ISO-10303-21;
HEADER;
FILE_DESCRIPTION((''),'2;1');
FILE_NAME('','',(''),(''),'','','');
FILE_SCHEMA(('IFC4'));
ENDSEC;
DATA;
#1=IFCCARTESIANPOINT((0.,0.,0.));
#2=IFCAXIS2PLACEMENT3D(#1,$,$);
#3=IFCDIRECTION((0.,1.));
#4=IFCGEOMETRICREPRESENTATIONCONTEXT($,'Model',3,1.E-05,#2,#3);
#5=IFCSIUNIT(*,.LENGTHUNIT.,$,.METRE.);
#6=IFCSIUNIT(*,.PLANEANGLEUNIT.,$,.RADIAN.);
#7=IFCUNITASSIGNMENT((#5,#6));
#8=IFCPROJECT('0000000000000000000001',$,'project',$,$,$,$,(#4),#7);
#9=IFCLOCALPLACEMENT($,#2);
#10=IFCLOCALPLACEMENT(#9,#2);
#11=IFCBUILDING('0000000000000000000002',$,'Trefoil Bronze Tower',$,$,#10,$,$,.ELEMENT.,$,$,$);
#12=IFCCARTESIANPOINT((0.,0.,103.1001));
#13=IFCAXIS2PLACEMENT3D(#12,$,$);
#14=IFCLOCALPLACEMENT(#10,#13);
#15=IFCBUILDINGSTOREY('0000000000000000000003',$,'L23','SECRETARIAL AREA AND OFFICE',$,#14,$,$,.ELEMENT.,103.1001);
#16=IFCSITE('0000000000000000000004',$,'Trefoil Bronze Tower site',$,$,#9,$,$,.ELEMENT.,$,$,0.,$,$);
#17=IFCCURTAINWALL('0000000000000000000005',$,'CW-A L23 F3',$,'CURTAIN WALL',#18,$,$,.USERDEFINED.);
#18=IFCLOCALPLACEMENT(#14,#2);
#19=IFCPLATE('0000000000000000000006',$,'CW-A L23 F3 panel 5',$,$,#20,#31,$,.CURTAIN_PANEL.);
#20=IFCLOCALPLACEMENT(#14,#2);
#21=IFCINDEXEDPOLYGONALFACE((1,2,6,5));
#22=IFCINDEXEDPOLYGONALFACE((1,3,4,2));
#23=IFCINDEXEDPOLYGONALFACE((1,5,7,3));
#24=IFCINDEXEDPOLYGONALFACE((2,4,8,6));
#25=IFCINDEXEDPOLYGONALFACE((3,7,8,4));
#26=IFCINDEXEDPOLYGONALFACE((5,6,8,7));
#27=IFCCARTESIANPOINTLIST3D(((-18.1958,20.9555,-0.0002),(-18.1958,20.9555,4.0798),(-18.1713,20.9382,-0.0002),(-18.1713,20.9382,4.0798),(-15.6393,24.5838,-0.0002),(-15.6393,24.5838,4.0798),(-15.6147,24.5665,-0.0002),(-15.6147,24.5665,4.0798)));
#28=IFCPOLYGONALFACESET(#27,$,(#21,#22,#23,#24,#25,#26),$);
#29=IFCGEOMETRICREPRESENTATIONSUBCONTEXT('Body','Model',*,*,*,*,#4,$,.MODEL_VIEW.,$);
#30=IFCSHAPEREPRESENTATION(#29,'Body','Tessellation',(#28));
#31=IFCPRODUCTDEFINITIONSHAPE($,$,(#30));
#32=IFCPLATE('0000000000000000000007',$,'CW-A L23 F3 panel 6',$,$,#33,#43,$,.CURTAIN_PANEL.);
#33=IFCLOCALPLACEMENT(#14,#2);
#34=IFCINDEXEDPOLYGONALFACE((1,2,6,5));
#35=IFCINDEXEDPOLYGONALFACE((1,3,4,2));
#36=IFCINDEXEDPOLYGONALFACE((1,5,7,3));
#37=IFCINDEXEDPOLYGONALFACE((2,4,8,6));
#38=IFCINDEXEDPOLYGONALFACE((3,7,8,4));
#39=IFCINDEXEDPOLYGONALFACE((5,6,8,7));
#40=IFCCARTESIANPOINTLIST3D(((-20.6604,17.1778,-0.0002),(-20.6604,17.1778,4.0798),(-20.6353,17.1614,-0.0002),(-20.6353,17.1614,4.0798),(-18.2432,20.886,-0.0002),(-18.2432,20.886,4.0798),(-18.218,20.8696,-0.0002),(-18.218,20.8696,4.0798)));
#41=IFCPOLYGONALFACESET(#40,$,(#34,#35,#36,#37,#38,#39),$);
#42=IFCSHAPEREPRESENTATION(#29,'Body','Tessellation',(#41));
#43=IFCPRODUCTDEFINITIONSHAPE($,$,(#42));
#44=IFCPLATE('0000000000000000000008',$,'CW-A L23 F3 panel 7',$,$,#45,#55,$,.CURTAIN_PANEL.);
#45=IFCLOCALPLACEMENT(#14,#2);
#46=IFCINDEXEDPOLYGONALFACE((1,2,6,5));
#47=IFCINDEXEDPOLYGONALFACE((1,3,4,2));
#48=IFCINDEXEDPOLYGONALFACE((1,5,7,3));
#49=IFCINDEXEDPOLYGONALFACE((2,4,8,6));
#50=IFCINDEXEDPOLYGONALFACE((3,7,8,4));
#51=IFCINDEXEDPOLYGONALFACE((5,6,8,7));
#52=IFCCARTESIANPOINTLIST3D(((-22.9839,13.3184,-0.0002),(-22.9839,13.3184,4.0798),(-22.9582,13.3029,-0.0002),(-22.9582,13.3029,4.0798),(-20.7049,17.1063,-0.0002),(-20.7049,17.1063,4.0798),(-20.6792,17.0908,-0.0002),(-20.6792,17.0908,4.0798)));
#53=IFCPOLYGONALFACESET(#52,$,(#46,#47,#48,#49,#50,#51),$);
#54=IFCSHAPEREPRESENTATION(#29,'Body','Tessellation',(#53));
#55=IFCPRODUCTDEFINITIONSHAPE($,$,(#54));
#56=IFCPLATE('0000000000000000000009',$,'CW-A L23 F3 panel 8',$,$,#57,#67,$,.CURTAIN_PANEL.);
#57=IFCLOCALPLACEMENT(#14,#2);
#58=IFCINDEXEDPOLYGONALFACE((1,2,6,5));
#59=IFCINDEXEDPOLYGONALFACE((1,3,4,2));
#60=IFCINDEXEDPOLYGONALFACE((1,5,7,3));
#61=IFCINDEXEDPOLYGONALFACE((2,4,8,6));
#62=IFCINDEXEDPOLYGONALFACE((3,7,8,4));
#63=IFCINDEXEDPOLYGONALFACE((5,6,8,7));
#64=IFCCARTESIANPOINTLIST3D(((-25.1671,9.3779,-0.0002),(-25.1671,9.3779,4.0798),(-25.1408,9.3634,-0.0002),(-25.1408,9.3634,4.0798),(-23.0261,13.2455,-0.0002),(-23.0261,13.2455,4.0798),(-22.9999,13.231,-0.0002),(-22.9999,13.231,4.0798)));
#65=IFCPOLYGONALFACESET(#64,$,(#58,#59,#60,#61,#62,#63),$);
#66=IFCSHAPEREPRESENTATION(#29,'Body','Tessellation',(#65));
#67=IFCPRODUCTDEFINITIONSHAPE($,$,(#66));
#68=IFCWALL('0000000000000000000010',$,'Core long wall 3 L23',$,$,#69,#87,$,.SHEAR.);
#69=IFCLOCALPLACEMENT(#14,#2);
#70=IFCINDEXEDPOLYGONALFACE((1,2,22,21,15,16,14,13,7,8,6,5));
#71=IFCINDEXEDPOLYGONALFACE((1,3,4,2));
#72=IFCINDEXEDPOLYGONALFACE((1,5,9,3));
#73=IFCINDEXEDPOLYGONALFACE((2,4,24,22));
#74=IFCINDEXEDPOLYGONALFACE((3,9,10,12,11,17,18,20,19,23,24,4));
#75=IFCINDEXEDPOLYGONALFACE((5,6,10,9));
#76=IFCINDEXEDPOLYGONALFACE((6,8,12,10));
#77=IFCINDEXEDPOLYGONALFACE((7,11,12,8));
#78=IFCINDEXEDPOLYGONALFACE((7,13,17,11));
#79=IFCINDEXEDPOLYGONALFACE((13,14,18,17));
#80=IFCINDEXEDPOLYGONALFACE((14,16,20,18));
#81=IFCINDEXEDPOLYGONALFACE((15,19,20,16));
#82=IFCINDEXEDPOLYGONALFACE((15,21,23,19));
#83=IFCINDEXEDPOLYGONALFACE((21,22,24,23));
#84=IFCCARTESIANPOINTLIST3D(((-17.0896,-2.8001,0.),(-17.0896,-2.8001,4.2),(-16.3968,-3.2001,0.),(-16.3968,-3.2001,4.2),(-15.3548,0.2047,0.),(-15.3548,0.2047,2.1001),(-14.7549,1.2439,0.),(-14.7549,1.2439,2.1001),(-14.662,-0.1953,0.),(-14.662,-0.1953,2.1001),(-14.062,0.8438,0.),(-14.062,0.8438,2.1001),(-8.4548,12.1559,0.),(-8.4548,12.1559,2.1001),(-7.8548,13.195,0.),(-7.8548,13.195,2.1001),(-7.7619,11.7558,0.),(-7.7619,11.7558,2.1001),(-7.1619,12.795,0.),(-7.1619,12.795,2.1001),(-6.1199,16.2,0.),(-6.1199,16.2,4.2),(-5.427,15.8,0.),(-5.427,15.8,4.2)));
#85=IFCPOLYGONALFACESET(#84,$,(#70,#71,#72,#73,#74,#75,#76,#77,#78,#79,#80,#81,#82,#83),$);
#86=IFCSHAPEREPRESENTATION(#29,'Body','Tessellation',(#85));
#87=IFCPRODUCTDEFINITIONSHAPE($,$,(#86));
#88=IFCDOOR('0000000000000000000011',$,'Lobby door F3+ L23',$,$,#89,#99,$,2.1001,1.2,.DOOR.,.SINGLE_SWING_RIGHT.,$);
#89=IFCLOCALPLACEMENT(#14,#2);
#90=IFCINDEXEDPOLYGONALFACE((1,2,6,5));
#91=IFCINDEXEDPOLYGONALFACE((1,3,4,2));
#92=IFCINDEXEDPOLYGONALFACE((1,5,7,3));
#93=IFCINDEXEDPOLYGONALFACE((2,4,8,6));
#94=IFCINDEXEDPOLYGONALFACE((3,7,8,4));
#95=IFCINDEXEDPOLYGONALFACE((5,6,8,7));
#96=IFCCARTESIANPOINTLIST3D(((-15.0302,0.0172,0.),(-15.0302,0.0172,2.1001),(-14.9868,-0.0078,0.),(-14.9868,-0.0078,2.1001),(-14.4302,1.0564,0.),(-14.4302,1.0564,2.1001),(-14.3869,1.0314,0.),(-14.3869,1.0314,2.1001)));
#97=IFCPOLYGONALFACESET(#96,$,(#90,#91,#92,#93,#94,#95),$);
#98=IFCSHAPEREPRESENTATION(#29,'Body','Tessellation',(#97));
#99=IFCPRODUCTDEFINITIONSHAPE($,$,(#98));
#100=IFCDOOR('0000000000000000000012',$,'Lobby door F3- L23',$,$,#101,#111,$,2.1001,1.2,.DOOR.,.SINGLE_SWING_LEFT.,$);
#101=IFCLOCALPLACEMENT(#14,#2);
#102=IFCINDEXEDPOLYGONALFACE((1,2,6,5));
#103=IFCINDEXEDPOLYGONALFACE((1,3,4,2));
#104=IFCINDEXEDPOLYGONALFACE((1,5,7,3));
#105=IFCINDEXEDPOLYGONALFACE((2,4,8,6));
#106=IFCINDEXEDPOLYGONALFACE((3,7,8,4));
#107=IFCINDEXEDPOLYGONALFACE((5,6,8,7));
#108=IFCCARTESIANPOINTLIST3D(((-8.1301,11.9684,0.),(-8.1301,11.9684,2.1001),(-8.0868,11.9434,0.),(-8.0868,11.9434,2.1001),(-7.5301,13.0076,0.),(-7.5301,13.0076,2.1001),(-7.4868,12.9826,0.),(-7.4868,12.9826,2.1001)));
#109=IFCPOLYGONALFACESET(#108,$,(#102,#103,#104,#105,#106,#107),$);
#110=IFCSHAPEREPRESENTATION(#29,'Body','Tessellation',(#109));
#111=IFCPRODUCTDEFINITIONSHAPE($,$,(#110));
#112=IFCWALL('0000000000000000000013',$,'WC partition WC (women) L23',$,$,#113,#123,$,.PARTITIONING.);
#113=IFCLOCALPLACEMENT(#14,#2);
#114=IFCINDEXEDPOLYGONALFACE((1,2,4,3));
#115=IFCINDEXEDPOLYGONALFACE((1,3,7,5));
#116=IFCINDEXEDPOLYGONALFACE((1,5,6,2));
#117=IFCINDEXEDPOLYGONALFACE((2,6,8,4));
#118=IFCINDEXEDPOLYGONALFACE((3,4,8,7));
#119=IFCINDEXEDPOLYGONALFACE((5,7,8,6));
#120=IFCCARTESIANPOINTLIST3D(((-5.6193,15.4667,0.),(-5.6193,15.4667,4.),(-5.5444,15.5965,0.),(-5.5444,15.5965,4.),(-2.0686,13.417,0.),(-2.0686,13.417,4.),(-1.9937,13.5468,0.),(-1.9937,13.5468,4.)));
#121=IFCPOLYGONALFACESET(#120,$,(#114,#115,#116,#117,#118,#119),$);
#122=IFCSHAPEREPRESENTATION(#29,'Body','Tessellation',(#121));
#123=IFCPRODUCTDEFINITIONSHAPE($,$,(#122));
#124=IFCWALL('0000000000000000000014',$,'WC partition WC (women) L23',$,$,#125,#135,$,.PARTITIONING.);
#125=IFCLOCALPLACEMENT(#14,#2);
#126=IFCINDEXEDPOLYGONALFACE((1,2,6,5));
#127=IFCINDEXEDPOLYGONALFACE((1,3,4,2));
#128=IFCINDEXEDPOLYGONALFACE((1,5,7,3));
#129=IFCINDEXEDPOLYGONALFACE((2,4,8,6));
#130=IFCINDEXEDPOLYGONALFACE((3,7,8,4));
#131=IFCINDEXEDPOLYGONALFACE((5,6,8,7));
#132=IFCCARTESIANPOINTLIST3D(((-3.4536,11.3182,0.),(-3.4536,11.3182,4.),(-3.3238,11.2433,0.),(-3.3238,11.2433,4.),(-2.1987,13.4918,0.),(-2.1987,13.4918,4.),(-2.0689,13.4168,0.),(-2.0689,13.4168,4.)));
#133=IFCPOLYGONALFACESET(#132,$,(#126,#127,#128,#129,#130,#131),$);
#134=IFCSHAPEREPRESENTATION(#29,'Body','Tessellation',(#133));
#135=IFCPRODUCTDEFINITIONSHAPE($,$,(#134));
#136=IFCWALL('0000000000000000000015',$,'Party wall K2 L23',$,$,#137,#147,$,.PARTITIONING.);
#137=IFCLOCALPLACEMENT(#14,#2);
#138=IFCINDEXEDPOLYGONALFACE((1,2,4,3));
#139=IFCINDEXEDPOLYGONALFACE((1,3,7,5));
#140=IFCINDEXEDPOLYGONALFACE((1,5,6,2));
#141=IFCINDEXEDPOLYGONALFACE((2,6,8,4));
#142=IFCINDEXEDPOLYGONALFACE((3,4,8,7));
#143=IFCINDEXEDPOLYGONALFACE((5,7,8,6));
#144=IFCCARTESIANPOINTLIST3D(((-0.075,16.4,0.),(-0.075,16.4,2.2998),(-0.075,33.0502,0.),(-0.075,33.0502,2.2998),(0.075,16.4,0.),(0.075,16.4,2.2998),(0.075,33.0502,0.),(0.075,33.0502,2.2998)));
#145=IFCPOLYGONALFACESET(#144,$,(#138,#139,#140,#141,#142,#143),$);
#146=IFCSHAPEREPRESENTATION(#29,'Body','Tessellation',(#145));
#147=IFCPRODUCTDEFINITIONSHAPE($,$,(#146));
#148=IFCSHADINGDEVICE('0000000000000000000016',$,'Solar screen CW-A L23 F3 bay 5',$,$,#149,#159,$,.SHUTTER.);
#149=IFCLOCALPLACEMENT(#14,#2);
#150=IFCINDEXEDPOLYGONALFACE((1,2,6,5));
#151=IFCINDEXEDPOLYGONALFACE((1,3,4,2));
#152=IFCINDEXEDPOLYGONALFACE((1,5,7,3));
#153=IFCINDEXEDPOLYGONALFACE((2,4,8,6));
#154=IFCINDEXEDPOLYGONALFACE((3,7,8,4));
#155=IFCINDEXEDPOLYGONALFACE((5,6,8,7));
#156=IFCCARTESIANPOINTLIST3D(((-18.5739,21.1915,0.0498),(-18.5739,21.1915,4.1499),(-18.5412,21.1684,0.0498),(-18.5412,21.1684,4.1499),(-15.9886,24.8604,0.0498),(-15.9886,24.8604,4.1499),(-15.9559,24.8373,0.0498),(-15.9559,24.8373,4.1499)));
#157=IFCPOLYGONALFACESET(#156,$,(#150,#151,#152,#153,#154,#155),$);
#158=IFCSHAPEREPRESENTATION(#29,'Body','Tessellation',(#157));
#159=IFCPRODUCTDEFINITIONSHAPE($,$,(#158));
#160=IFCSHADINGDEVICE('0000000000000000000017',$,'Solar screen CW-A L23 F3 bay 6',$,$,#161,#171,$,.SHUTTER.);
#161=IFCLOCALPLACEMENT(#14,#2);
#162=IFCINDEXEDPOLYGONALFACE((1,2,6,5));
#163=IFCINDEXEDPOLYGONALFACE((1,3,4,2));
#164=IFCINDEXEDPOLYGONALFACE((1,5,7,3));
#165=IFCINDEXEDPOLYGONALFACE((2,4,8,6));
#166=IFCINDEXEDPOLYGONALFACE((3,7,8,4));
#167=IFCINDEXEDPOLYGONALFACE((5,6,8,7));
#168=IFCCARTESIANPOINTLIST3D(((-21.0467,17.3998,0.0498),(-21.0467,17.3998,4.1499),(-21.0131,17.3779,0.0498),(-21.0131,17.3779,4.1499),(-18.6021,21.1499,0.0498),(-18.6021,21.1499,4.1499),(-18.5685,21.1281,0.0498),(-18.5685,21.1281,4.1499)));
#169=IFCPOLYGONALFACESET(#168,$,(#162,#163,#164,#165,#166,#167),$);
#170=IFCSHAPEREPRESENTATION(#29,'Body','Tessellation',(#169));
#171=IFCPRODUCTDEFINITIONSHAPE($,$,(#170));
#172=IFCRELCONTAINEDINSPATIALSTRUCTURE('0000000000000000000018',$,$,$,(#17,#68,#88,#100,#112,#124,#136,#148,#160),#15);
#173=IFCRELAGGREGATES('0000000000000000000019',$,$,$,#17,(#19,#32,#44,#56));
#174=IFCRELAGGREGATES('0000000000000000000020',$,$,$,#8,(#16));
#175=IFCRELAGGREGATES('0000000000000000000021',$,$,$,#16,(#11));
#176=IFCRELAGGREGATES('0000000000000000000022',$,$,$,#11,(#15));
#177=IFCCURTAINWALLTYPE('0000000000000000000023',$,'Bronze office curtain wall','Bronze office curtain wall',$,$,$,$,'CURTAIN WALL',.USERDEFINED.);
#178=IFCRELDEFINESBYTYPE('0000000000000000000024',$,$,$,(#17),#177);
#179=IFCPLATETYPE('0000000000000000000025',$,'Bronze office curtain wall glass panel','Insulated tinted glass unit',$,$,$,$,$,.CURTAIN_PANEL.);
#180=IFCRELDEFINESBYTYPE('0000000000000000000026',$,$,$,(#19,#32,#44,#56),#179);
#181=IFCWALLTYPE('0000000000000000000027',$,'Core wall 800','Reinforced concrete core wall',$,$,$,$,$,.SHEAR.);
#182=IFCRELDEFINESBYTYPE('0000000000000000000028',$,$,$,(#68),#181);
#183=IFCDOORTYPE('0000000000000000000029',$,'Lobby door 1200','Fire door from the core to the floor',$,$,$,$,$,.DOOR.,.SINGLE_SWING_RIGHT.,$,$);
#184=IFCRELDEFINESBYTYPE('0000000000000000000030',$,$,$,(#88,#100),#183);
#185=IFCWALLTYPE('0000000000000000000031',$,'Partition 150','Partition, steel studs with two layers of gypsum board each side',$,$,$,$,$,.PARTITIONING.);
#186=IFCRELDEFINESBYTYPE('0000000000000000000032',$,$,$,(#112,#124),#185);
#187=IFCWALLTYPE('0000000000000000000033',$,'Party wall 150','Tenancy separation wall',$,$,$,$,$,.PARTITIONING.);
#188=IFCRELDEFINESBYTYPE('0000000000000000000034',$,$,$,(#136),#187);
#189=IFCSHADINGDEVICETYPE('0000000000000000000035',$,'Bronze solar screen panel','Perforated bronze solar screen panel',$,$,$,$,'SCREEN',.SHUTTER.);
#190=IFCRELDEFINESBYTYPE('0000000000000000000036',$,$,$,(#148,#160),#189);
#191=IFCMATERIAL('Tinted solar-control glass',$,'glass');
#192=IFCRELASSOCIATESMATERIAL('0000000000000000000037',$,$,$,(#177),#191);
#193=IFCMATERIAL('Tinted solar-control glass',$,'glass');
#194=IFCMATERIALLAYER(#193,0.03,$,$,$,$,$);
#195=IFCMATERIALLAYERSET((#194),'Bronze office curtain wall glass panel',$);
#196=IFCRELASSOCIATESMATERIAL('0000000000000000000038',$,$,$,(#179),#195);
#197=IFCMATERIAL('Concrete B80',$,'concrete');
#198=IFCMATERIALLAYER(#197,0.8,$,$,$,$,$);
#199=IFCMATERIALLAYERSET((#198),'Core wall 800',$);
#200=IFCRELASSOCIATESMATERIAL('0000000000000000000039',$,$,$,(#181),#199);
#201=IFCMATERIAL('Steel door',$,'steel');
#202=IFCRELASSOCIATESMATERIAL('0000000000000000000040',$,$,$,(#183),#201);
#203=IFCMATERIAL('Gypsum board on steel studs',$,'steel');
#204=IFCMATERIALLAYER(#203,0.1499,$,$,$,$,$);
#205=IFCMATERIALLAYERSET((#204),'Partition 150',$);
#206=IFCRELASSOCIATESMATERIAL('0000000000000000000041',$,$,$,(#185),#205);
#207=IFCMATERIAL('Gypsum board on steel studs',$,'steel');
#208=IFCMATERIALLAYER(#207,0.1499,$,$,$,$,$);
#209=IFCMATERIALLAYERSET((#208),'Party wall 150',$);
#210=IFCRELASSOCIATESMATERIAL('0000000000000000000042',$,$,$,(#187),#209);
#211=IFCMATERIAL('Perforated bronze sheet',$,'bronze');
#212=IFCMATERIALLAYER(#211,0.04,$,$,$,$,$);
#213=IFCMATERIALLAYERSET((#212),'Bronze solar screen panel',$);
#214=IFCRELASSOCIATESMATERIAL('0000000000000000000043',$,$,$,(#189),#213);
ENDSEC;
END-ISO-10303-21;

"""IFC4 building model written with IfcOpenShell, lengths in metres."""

from ifc_helpers import new_model, si_unit, direction, frame, frame_2d, origin, origin_2d, place, context, subcontext, project, spatial, rectangle, extrude, material, layer, layer_set, type_object, element, fill, aggregate, save


model = new_model("IFC4")

# Units and contexts
model_context = context("Model", 3, precision=1e-05, world=origin(), true_north=direction((0.0, 1.0)))
body_context = subcontext(model_context, "Body", "Model", "MODEL_VIEW")
ifc_project = project(units=[si_unit("LENGTHUNIT", "METRE"), si_unit("PLANEANGLEUNIT", "RADIAN")], contexts=[model_context])

# Site, building, storey
site_placement = place(None, origin())
site = spatial("IfcSite", under=ifc_project, at=site_placement, Name="Trefoil Bronze Tower site", CompositionType="ELEMENT", RefElevation=0.0)
building_placement = place(site_placement, origin())
building = spatial("IfcBuilding", under=site, at=building_placement, Name="Trefoil Bronze Tower", CompositionType="ELEMENT")
storey_placement = place(building_placement, frame((0.0, 0.0, 103.1001)))
storey = spatial("IfcBuildingStorey", under=building, at=storey_placement, Name="L23", Description="SECRETARIAL AREA AND OFFICE", CompositionType="ELEMENT", Elevation=103.1001)

# Curtain wall
ifc_material_1 = material(Name="Tinted solar-control glass", Category="glass")
curtain_wall_type = type_object("IfcCurtainWallType", Name="Bronze office curtain wall", Description="Bronze office curtain wall", ElementType="CURTAIN WALL", PredefinedType="USERDEFINED", material=ifc_material_1)
curtain_wall_placement = place(storey_placement, origin())
curtain_wall = element("IfcCurtainWall", 1, at=curtain_wall_placement, inside=storey, type_object=curtain_wall_type, Name="CW-A L23 F3", ObjectType="CURTAIN WALL", PredefinedType="USERDEFINED")

# Plates
ifc_material_2 = material(Name="Tinted solar-control glass", Category="glass")
ifc_layer_1 = layer(ifc_material_2, 0.03)
ifc_layer_set_1 = layer_set([ifc_layer_1], Name="Bronze office curtain wall glass panel")
plate_type = type_object("IfcPlateType", Name="Bronze office curtain wall glass panel", Description="Insulated tinted glass unit", PredefinedType="CURTAIN_PANEL", material=ifc_layer_set_1)
plate_1_placement = place(storey_placement, frame((-16.9053, 22.761, -0.0002), z_axis=(0.0, 0.0, 1.0), x_axis=(-0.575999, -0.81745, 0.0)))
plate_1 = element("IfcPlate", 2, at=plate_1_placement, type_object=plate_type, Name="CW-A L23 F3 panel 5", PredefinedType="CURTAIN_PANEL", context=body_context, shape_type="SweptSolid", body=[
    extrude(rectangle(XDim=4.4385, YDim=0.03, at=origin_2d()), origin(), (0.0, 0.0, 1.0), 4.0801),
])
plate_2_placement = place(storey_placement, frame((-19.4392, 19.0237, -0.0002), z_axis=(0.0, 0.0, 1.0), x_axis=(-0.546089, -0.837727, 0.0)))
plate_2 = element("IfcPlate", 3, at=plate_2_placement, type_object=plate_type, Name="CW-A L23 F3 panel 6", PredefinedType="CURTAIN_PANEL", context=body_context, shape_type="SweptSolid", body=[
    extrude(rectangle(XDim=4.4265, YDim=0.03, at=origin_2d()), origin(), (0.0, 0.0, 1.0), 4.0801),
])
plate_3_placement = place(storey_placement, frame((-21.8315, 15.2046, -0.0002), z_axis=(0.0, 0.0, 1.0), x_axis=(-0.515525, -0.856874, 0.0)))
plate_3 = element("IfcPlate", 4, at=plate_3_placement, type_object=plate_type, Name="CW-A L23 F3 panel 7", PredefinedType="CURTAIN_PANEL", context=body_context, shape_type="SweptSolid", body=[
    extrude(rectangle(XDim=4.4207, YDim=0.03, at=origin_2d()), origin(), (0.0, 0.0, 1.0), 4.0801),
])
plate_4_placement = place(storey_placement, frame((-24.0835, 11.3044, -0.0002), z_axis=(0.0, 0.0, 1.0), x_axis=(-0.484312, -0.874895, 0.0)))
plate_4 = element("IfcPlate", 5, at=plate_4_placement, type_object=plate_type, Name="CW-A L23 F3 panel 8", PredefinedType="CURTAIN_PANEL", context=body_context, shape_type="SweptSolid", body=[
    extrude(rectangle(XDim=4.4207, YDim=0.03, at=origin_2d()), origin(), (0.0, 0.0, 1.0), 4.0801),
])
aggregate(curtain_wall, [plate_1, plate_2, plate_3, plate_4])

# Wall, openings, doors
ifc_material_3 = material(Name="Concrete B80", Category="concrete")
ifc_layer_2 = layer(ifc_material_3, 0.8)
ifc_layer_set_2 = layer_set([ifc_layer_2], Name="Core wall 800")
wall_type_1 = type_object("IfcWallType", Name="Core wall 800", Description="Reinforced concrete core wall", PredefinedType="SHEAR", material=ifc_layer_set_2)
wall_1_placement = place(storey_placement, frame((-5.7734, 16.0, 0.0), z_axis=(0.0, 0.0, 1.0), x_axis=(-0.500002, -0.866024, 0.0)))
wall_1 = element("IfcWall", 6, at=wall_1_placement, inside=storey, type_object=wall_type_1, Name="Core long wall 3 L23", PredefinedType="SHEAR", context=body_context, shape_type="SweptSolid", body=[
    extrude(rectangle(XDim=21.9395, YDim=0.8, at=frame_2d((10.9697, 0.0))), origin(), (0.0, 0.0, 1.0), 4.2),
])
opening_1_placement = place(wall_1_placement, frame((17.2698, 0.0, 0.0)))
opening_1 = element("IfcOpeningElement", 7, at=opening_1_placement, cuts=wall_1, PredefinedType="OPENING", context=body_context, shape_type="SweptSolid", body=[
    extrude(rectangle(XDim=1.2, YDim=2.1001, at=frame_2d((0.6001, 1.05))), frame((0.0, 0.4099, 0.0), z_axis=(0.0, -1.0, 0.0), x_axis=(1.0, 0.0, 0.0)), (0.0, 0.0, 1.0), 0.8201),
])
opening_2_placement = place(wall_1_placement, frame((3.4697, 0.0, 0.0)))
opening_2 = element("IfcOpeningElement", 8, at=opening_2_placement, cuts=wall_1, PredefinedType="OPENING", context=body_context, shape_type="SweptSolid", body=[
    extrude(rectangle(XDim=1.2, YDim=2.1001, at=frame_2d((0.6001, 1.05))), frame((0.0, 0.4099, 0.0), z_axis=(0.0, -1.0, 0.0), x_axis=(1.0, 0.0, 0.0)), (0.0, 0.0, 1.0), 0.8201),
])
ifc_material_4 = material(Name="Steel door", Category="steel")
door_type = type_object("IfcDoorType", Name="Lobby door 1200", Description="Fire door from the core to the floor", OperationType="SINGLE_SWING_RIGHT", PredefinedType="DOOR", material=ifc_material_4)
door_1_placement = place(opening_1_placement, origin())
door_1 = element("IfcDoor", 9, at=door_1_placement, inside=storey, type_object=door_type, Name="Lobby door F3+ L23", OperationType="SINGLE_SWING_RIGHT", OverallHeight=2.1001, OverallWidth=1.2, PredefinedType="DOOR", context=body_context, shape_type="SweptSolid", body=[
    extrude(rectangle(XDim=1.2, YDim=2.1001, at=frame_2d((0.6001, 1.05))), frame((0.0, 0.0249, 0.0), z_axis=(0.0, -1.0, 0.0), x_axis=(1.0, 0.0, 0.0)), (0.0, 0.0, 1.0), 0.05),
])
fill(opening_1, door_1)
door_2_placement = place(opening_2_placement, origin())
door_2 = element("IfcDoor", 10, at=door_2_placement, inside=storey, type_object=door_type, Name="Lobby door F3- L23", OperationType="SINGLE_SWING_LEFT", OverallHeight=2.1001, OverallWidth=1.2, PredefinedType="DOOR", context=body_context, shape_type="SweptSolid", body=[
    extrude(rectangle(XDim=1.2, YDim=2.1001, at=frame_2d((0.6001, 1.05))), frame((0.0, 0.0249, 0.0), z_axis=(0.0, -1.0, 0.0), x_axis=(1.0, 0.0, 0.0)), (0.0, 0.0, 1.0), 0.05),
])
fill(opening_2, door_2)

# Walls
ifc_material_5 = material(Name="Gypsum board on steel studs", Category="steel")
ifc_layer_3 = layer(ifc_material_5, 0.1499)
ifc_layer_set_3 = layer_set([ifc_layer_3], Name="Partition 150")
wall_type_2 = type_object("IfcWallType", Name="Partition 150", Description="Partition, steel studs with two layers of gypsum board each side", PredefinedType="PARTITIONING", material=ifc_layer_set_3)
wall_2_placement = place(storey_placement, frame((-2.0312, 13.4819, 0.0), z_axis=(0.0, 0.0, 1.0), x_axis=(-0.866051, 0.499956, 0.0)))
element("IfcWall", 11, at=wall_2_placement, inside=storey, type_object=wall_type_2, Name="WC partition WC (women) L23", PredefinedType="PARTITIONING", context=body_context, shape_type="SweptSolid", body=[
    extrude(rectangle(XDim=4.0999, YDim=0.1499, at=frame_2d((2.0498, 0.0))), origin(), (0.0, 0.0, 1.0), 4.0),
])
wall_3_placement = place(storey_placement, frame((-3.3887, 11.2808, 0.0), z_axis=(0.0, 0.0, 1.0), x_axis=(0.499989, 0.866032, 0.0)))
element("IfcWall", 12, at=wall_3_placement, inside=storey, type_object=wall_type_2, Name="WC partition WC (women) L23", PredefinedType="PARTITIONING", context=body_context, shape_type="SweptSolid", body=[
    extrude(rectangle(XDim=2.5098, YDim=0.1499, at=frame_2d((1.2549, 0.0))), origin(), (0.0, 0.0, 1.0), 4.0),
])
ifc_material_6 = material(Name="Gypsum board on steel studs", Category="steel")
ifc_layer_4 = layer(ifc_material_6, 0.1499)
ifc_layer_set_4 = layer_set([ifc_layer_4], Name="Party wall 150")
wall_type_3 = type_object("IfcWallType", Name="Party wall 150", Description="Tenancy separation wall", PredefinedType="PARTITIONING", material=ifc_layer_set_4)
wall_4_placement = place(storey_placement, frame((0.0, 16.3999, 0.0), z_axis=(0.0, 0.0, 1.0), x_axis=(0.0, 1.0, 0.0)))
element("IfcWall", 13, at=wall_4_placement, inside=storey, type_object=wall_type_3, Name="Party wall K2 L23", PredefinedType="PARTITIONING", context=body_context, shape_type="SweptSolid", body=[
    extrude(rectangle(XDim=16.6501, YDim=0.1499, at=frame_2d((8.3252, 0.0))), origin(), (0.0, 0.0, 1.0), 2.2998),
])

# Shading devices
ifc_material_7 = material(Name="Perforated bronze sheet", Category="bronze")
ifc_layer_5 = layer(ifc_material_7, 0.04)
ifc_layer_set_5 = layer_set([ifc_layer_5], Name="Bronze solar screen panel")
shading_device_type = type_object("IfcShadingDeviceType", Name="Bronze solar screen panel", Description="Perforated bronze solar screen panel", ElementType="SCREEN", PredefinedType="SHUTTER", material=ifc_layer_set_5)
shading_device_1_placement = place(storey_placement, frame((-17.2649, 23.0144, 0.0498), z_axis=(0.0, 0.0, 1.0), x_axis=(-0.575999, -0.81745, 0.0)))
element("IfcShadingDevice", 14, at=shading_device_1_placement, inside=storey, type_object=shading_device_type, Name="Solar screen CW-A L23 F3 bay 5", PredefinedType="SHUTTER", context=body_context, shape_type="SweptSolid", body=[
    extrude(rectangle(XDim=4.4883, YDim=0.04, at=origin_2d()), origin(), (0.0, 0.0, 1.0), 4.1001),
])
shading_device_2_placement = place(storey_placement, frame((-19.8076, 19.2639, 0.0498), z_axis=(0.0, 0.0, 1.0), x_axis=(-0.546089, -0.837727, 0.0)))
element("IfcShadingDevice", 15, at=shading_device_2_placement, inside=storey, type_object=shading_device_type, Name="Solar screen CW-A L23 F3 bay 6", PredefinedType="SHUTTER", context=body_context, shape_type="SweptSolid", body=[
    extrude(rectangle(XDim=4.4766, YDim=0.04, at=origin_2d()), origin(), (0.0, 0.0, 1.0), 4.1001),
])

save(model, "model.ifc")
